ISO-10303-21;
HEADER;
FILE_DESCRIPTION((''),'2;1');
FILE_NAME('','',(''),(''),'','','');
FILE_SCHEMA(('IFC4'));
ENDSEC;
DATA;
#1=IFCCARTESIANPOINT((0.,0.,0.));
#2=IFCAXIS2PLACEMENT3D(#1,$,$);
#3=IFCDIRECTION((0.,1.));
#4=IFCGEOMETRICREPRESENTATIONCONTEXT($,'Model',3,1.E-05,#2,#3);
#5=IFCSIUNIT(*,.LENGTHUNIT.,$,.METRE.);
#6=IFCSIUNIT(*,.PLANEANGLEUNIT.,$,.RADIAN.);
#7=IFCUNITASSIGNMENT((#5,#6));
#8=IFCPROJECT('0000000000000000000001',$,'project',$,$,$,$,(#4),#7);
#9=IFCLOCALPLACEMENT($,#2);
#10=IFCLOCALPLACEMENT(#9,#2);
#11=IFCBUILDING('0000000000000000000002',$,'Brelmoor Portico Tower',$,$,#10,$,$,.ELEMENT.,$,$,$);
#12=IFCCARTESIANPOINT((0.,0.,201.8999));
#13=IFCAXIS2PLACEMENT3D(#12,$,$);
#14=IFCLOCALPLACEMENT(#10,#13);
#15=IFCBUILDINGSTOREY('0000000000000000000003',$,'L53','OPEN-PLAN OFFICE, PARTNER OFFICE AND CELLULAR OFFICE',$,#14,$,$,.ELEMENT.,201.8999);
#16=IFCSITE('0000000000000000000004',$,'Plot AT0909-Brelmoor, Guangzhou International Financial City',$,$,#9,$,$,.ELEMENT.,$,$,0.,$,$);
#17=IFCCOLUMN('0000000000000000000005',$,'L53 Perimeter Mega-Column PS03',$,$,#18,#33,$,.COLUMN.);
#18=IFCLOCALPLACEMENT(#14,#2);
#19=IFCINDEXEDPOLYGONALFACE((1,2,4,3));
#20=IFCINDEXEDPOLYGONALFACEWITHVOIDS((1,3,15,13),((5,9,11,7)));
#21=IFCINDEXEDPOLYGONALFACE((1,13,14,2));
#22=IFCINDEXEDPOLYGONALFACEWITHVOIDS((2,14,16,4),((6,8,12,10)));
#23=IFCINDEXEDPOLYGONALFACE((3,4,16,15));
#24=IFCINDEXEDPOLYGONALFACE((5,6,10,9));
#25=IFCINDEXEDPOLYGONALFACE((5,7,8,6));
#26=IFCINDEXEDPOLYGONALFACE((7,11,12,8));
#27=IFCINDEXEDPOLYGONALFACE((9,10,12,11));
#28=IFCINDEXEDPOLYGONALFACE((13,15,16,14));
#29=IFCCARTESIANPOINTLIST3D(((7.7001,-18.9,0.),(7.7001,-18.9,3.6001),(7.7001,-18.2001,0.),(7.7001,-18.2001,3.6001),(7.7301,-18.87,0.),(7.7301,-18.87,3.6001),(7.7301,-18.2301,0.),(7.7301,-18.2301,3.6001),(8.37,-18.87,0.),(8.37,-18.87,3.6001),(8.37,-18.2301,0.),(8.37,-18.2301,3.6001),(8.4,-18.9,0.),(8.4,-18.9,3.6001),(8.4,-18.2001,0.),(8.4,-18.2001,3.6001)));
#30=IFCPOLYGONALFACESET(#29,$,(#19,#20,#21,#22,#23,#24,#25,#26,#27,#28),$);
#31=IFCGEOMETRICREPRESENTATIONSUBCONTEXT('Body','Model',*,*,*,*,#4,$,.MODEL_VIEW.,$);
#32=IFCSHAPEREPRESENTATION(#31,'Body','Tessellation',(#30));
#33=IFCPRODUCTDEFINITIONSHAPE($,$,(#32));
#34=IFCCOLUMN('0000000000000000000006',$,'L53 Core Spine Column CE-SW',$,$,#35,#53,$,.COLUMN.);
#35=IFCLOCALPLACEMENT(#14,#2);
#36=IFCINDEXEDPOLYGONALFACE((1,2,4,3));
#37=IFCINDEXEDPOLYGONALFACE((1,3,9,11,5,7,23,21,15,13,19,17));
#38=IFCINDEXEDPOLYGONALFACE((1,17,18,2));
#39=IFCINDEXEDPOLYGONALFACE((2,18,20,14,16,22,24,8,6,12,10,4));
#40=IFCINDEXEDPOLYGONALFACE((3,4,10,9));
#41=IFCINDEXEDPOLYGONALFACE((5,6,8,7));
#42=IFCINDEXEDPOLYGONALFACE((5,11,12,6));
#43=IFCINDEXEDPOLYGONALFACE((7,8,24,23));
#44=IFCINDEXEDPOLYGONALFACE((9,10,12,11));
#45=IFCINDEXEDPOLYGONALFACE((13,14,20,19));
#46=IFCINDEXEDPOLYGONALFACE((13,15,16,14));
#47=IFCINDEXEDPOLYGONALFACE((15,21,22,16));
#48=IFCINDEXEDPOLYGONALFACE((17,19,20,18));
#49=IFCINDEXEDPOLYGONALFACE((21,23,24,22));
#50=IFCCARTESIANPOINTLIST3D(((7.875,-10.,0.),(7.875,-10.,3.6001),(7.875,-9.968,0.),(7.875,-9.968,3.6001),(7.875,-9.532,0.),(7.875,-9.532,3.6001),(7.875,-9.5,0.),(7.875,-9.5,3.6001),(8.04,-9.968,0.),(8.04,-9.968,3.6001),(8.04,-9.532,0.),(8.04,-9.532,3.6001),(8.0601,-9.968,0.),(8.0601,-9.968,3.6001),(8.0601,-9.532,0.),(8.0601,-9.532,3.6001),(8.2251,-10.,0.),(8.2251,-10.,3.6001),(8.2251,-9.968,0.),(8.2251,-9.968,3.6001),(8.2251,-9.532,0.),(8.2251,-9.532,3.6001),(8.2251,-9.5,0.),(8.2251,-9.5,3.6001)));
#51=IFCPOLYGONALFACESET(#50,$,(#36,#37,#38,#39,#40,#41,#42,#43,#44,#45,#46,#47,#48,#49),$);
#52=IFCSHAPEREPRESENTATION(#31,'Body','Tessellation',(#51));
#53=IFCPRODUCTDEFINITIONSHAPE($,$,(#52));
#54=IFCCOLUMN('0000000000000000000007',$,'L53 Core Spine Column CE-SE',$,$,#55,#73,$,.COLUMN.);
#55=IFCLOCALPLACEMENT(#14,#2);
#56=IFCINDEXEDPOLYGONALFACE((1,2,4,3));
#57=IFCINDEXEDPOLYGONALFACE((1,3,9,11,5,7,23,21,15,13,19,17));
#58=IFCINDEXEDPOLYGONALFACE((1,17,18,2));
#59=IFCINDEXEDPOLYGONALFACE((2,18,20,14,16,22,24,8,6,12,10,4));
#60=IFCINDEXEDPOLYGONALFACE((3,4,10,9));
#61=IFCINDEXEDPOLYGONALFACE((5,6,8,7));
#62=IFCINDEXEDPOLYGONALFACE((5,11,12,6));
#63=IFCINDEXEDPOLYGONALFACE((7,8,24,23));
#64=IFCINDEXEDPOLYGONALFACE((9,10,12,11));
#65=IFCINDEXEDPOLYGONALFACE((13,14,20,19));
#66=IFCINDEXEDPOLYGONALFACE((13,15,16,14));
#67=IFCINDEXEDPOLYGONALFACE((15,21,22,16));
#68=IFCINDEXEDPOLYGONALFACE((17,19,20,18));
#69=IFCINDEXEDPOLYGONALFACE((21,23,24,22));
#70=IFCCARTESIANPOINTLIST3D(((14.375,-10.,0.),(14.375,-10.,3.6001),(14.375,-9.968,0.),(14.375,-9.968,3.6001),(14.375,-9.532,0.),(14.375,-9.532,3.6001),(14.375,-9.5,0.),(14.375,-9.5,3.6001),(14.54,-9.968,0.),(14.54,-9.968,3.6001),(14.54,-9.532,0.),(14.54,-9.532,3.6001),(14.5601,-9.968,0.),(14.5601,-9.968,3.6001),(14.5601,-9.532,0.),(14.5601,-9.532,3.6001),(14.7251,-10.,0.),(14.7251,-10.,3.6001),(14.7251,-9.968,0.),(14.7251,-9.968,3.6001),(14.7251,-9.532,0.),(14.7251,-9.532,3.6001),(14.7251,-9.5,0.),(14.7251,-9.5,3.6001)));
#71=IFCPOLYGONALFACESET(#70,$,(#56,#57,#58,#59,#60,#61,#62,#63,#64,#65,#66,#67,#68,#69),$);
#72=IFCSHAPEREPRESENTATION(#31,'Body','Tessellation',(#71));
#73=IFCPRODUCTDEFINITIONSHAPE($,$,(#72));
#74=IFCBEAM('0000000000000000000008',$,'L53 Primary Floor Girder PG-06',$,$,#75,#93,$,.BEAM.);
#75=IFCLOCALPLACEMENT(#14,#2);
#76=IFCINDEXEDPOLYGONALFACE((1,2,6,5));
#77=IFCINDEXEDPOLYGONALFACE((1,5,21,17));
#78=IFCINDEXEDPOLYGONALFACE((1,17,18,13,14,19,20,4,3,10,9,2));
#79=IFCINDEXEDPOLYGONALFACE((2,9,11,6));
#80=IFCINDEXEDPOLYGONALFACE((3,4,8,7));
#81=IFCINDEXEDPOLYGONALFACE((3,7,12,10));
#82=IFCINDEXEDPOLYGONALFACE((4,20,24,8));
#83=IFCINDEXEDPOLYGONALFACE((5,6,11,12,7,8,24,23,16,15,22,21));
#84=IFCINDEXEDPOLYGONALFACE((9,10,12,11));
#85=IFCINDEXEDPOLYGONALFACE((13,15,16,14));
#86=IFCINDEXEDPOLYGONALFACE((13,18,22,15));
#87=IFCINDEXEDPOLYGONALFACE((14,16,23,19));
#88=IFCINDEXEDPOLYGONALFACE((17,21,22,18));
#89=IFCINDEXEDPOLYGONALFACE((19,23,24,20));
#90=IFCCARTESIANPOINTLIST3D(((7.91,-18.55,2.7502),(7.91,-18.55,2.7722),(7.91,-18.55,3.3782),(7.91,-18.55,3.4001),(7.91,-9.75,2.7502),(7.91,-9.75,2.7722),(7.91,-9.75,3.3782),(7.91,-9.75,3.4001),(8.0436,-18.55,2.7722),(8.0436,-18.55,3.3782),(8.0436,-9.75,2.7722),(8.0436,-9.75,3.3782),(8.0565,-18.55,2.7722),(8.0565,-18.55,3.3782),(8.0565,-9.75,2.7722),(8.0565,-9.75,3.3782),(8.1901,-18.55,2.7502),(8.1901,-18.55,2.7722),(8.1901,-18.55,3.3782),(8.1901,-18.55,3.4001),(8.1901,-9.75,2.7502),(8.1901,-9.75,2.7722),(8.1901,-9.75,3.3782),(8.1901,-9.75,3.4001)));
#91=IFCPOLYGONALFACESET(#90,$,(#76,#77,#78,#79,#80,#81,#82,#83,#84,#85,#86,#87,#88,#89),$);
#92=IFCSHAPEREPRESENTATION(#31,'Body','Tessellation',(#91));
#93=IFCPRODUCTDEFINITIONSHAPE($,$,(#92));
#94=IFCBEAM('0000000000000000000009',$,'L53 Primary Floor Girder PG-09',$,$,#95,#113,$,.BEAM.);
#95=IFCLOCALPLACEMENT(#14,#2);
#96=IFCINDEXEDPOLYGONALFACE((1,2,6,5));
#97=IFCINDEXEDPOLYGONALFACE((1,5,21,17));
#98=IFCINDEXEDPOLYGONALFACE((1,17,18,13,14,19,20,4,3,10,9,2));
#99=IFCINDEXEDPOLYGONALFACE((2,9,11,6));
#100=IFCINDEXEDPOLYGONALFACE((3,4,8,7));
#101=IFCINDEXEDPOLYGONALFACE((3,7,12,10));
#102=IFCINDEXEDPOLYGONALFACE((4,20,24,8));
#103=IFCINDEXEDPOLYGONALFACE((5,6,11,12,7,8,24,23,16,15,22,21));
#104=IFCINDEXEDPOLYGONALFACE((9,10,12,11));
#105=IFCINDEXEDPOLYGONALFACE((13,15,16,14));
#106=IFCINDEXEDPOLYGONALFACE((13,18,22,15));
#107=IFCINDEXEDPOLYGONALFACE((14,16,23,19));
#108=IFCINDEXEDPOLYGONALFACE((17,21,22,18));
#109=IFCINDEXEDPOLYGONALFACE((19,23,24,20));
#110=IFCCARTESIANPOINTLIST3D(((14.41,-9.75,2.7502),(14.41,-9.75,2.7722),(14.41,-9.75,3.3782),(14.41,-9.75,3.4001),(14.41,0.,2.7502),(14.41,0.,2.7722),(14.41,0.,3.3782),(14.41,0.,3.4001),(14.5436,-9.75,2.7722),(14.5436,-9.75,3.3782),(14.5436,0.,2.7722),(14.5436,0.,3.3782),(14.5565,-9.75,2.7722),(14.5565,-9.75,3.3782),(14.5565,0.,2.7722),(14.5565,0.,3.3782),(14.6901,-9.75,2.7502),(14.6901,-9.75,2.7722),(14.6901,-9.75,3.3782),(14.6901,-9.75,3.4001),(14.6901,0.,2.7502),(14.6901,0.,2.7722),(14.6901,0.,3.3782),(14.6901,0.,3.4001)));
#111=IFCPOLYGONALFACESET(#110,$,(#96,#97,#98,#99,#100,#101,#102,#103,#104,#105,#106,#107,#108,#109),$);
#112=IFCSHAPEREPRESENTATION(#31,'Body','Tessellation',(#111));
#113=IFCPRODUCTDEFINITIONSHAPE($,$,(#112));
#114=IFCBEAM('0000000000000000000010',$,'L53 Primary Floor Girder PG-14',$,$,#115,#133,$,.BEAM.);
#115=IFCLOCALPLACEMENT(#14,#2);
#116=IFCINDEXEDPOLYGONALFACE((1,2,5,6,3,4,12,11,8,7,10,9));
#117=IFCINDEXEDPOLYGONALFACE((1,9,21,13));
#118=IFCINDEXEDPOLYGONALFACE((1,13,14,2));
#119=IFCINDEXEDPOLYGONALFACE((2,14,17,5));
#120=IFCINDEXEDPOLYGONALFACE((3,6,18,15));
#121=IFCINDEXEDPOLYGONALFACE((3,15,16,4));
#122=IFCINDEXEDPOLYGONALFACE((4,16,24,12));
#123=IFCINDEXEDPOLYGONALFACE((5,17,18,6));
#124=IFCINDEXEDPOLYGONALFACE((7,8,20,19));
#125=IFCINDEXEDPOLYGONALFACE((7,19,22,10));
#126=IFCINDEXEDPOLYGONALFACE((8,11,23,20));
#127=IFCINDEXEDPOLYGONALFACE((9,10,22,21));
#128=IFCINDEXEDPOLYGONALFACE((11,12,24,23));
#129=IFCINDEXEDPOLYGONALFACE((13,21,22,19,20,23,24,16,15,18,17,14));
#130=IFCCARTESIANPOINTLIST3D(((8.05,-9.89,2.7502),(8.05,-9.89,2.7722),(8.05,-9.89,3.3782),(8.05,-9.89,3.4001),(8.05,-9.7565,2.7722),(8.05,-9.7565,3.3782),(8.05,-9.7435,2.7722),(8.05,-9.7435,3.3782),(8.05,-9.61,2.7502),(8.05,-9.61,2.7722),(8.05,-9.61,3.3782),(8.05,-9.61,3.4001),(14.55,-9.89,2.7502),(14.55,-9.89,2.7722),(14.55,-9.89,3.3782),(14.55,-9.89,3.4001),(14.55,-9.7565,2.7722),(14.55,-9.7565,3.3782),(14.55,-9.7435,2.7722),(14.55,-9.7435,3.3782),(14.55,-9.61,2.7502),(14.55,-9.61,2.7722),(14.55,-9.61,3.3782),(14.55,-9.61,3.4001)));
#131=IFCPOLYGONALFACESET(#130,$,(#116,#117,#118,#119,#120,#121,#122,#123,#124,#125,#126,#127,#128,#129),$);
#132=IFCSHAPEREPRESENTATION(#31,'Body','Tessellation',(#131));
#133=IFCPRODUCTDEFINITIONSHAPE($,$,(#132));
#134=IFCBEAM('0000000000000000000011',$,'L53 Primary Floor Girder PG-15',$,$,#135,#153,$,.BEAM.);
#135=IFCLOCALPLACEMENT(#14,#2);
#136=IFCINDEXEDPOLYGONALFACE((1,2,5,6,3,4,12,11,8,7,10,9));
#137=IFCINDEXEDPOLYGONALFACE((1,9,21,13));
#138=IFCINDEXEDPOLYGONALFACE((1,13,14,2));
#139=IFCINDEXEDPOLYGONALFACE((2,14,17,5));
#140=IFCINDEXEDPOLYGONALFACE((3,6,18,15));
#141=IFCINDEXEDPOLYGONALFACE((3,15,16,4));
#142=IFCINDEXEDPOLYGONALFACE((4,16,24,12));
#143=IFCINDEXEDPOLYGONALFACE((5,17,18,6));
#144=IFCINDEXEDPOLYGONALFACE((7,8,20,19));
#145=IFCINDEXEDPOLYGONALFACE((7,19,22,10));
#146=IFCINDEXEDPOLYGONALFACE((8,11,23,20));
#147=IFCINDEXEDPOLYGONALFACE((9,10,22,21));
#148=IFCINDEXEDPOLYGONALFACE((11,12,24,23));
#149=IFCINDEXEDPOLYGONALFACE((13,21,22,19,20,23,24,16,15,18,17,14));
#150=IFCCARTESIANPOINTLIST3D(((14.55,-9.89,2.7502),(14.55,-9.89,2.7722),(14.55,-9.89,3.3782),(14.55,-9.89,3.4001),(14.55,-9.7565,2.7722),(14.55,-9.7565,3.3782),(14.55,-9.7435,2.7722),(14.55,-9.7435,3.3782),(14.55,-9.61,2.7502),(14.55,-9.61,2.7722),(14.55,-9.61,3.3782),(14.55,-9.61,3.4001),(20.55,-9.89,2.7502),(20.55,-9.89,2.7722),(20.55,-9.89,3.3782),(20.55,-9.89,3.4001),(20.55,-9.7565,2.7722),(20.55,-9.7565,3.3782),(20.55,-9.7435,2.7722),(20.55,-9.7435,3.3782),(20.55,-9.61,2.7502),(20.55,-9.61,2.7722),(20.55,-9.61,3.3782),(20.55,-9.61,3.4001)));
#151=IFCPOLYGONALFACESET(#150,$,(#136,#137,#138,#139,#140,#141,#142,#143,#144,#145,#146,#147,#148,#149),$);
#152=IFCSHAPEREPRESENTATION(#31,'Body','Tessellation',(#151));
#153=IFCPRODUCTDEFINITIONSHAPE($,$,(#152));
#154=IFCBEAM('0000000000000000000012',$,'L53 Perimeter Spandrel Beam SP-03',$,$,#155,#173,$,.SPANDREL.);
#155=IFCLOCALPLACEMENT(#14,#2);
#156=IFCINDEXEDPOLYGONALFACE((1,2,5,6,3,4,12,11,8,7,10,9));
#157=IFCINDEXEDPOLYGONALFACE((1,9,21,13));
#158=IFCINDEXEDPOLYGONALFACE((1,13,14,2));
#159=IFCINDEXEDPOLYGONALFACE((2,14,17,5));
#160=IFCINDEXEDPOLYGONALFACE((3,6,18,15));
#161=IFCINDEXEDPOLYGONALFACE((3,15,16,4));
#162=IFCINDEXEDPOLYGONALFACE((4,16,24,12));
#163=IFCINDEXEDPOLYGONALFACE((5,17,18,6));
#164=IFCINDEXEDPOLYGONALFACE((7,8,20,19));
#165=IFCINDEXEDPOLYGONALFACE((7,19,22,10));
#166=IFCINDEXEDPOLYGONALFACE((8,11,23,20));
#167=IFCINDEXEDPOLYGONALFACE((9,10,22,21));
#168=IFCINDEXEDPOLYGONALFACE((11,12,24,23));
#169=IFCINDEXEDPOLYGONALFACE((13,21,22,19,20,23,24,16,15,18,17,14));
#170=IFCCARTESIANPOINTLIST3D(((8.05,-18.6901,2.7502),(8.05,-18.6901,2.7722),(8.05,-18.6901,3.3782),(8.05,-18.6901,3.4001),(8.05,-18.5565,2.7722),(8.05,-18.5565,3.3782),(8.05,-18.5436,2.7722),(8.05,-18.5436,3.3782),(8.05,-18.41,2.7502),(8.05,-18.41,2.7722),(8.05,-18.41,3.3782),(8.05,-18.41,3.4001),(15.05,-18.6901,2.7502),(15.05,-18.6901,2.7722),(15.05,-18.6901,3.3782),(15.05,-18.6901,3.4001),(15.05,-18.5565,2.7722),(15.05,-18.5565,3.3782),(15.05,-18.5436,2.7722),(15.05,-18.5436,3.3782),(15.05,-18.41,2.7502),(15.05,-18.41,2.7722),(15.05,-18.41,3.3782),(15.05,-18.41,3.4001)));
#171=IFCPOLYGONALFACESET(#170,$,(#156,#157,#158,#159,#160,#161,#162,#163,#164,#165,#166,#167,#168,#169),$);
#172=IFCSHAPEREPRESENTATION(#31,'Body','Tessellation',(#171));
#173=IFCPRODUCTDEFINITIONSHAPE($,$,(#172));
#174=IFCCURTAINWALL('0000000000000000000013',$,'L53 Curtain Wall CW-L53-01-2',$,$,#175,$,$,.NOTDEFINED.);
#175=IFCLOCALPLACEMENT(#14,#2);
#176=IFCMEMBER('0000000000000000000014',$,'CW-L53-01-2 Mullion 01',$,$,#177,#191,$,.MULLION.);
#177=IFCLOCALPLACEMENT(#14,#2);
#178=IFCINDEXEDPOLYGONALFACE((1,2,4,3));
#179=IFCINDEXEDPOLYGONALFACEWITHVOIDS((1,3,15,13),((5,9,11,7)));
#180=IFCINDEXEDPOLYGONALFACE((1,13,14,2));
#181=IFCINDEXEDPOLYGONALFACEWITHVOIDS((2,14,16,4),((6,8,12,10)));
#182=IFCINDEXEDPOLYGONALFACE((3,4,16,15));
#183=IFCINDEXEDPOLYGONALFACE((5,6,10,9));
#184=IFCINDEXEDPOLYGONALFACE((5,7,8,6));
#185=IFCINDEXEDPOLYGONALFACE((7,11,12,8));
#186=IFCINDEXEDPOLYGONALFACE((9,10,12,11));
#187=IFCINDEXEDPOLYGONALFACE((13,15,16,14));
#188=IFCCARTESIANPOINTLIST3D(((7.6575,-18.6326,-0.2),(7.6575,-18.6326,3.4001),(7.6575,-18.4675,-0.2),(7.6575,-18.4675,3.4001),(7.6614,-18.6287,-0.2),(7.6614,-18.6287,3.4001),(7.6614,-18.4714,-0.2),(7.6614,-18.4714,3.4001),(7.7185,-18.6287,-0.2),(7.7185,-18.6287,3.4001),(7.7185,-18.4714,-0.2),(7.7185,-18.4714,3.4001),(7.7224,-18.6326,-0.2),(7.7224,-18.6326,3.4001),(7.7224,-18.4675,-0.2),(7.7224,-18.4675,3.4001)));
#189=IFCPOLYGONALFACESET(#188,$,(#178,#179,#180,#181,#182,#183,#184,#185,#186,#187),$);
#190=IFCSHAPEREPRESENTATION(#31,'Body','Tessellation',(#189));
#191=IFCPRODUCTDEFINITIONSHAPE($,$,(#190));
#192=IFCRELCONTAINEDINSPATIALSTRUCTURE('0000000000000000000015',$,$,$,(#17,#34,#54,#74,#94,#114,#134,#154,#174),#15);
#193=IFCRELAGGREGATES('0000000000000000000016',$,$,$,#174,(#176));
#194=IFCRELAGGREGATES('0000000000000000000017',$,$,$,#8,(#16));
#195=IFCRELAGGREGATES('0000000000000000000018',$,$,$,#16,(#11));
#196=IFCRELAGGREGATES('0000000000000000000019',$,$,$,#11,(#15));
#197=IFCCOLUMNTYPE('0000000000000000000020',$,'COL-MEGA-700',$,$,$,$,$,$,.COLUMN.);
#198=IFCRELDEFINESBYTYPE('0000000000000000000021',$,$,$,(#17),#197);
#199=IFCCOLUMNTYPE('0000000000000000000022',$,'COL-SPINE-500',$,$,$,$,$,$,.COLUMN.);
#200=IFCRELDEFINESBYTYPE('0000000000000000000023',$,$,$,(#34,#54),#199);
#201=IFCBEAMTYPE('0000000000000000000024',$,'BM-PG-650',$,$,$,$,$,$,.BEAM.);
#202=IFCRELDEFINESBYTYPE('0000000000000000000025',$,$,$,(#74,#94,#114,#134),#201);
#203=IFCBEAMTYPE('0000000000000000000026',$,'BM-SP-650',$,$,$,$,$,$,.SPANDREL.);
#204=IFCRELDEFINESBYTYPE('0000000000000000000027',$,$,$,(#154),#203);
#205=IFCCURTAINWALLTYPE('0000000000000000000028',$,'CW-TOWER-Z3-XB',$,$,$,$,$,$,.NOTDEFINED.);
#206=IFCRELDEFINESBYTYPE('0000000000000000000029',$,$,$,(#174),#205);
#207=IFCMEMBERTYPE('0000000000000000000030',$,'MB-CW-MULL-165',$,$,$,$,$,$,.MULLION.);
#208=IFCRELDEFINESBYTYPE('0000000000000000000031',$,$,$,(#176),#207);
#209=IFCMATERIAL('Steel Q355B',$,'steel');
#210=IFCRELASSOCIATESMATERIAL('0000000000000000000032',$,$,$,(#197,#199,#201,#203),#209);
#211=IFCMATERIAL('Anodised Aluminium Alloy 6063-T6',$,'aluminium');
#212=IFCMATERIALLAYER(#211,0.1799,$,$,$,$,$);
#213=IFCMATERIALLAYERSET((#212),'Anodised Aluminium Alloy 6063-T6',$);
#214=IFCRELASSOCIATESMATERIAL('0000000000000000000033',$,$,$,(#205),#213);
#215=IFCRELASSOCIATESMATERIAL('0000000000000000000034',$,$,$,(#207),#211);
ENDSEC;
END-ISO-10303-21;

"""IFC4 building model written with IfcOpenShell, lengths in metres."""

from ifc_helpers import new_model, si_unit, direction, frame, origin, origin_2d, place, context, subcontext, project, spatial, hollow_rectangle, i_section, extrude, material, layer, layer_set, material_profile, profile_set, type_object, element, aggregate, save


model = new_model("IFC4")

# Units and contexts
model_context = context("Model", 3, precision=1e-05, world=origin(), true_north=direction((0.0, 1.0)))
body_context = subcontext(model_context, "Body", "Model", "MODEL_VIEW")
ifc_project = project(units=[si_unit("LENGTHUNIT", "METRE"), si_unit("PLANEANGLEUNIT", "RADIAN")], contexts=[model_context])

# Site, building, storey
site_placement = place(None, origin())
site = spatial("IfcSite", under=ifc_project, at=site_placement, Name="Plot AT0909-Brelmoor, Guangzhou International Financial City", CompositionType="ELEMENT", RefElevation=0.0)
building_placement = place(site_placement, origin())
building = spatial("IfcBuilding", under=site, at=building_placement, Name="Brelmoor Portico Tower", CompositionType="ELEMENT")
storey_placement = place(building_placement, frame((0.0, 0.0, 201.8999)))
storey = spatial("IfcBuildingStorey", under=building, at=storey_placement, Name="L53", Description="OPEN-PLAN OFFICE, PARTNER OFFICE AND CELLULAR OFFICE", CompositionType="ELEMENT", Elevation=201.8999)

# Columns
ifc_material_1 = material(Name="Steel Q355B", Category="steel")
ifc_material_profile_1 = material_profile(ifc_material_1, hollow_rectangle(XDim=0.7, YDim=0.7, WallThickness=0.03, at=origin_2d()), Name="BOX 700x700x30")
ifc_profile_set_1 = profile_set([ifc_material_profile_1], Name="Steel Q355B")
column_type_1 = type_object("IfcColumnType", Name="COL-MEGA-700", PredefinedType="COLUMN", material=ifc_profile_set_1)
column_placement = place(storey_placement, frame((8.05, -18.55, 0.0), z_axis=(0.0, 0.0, 1.0), x_axis=(1.0, 0.0, 0.0)))
element("IfcColumn", 1, at=column_placement, inside=storey, type_object=column_type_1, Name="L53 Perimeter Mega-Column PS03", PredefinedType="COLUMN", context=body_context, shape_type="SweptSolid", body=[
    extrude(hollow_rectangle(XDim=0.7, YDim=0.7, WallThickness=0.03, at=origin_2d()), origin(), (0.0, 0.0, 1.0), 3.6001),
])
ifc_material_profile_2 = material_profile(ifc_material_1, i_section(OverallWidth=0.3501, OverallDepth=0.5, WebThickness=0.02, FlangeThickness=0.032, at=origin_2d()), Name="HW 500x350x20x32")
ifc_profile_set_2 = profile_set([ifc_material_profile_2], Name="Steel Q355B")
column_type_2 = type_object("IfcColumnType", Name="COL-SPINE-500", PredefinedType="COLUMN", material=ifc_profile_set_2)
for number, where, z_axis, x_axis, name in (
    (2, (8.05, -9.75, 0.0), (0.0, 0.0, 1.0), (1.0, 0.0, 0.0), "L53 Core Spine Column CE-SW"),
    (3, (14.55, -9.75, 0.0), (0.0, 0.0, 1.0), (1.0, 0.0, 0.0), "L53 Core Spine Column CE-SE"),
):
    element("IfcColumn", number, at=place(storey_placement, frame(where, z_axis=z_axis, x_axis=x_axis)), inside=storey, type_object=column_type_2, Name=name, PredefinedType="COLUMN", context=body_context, shape_type="SweptSolid", body=[
        extrude(i_section(OverallWidth=0.3501, OverallDepth=0.5, WebThickness=0.02, FlangeThickness=0.032, at=origin_2d()), origin(), (0.0, 0.0, 1.0), 3.6001),
    ])

# Beams
ifc_material_profile_3 = material_profile(ifc_material_1, i_section(OverallWidth=0.28, OverallDepth=0.6499, WebThickness=0.0129, FlangeThickness=0.022, at=origin_2d()), Name="HN 650x280x13x22")
ifc_profile_set_3 = profile_set([ifc_material_profile_3], Name="Steel Q355B")
beam_type_1 = type_object("IfcBeamType", Name="BM-PG-650", PredefinedType="BEAM", material=ifc_profile_set_3)
beam_1_placement = place(storey_placement, frame((8.05, -18.55, 3.0752), z_axis=(0.0, 1.0, 0.0), x_axis=(-1.0, 0.0, 0.0)))
element("IfcBeam", 4, at=beam_1_placement, inside=storey, type_object=beam_type_1, Name="L53 Primary Floor Girder PG-06", PredefinedType="BEAM", context=body_context, shape_type="SweptSolid", body=[
    extrude(i_section(OverallWidth=0.28, OverallDepth=0.6499, WebThickness=0.0129, FlangeThickness=0.022, at=origin_2d()), origin(), (0.0, 0.0, 1.0), 8.8),
])
beam_2_placement = place(storey_placement, frame((14.55, -9.75, 3.0752), z_axis=(0.0, 1.0, 0.0), x_axis=(-1.0, 0.0, 0.0)))
element("IfcBeam", 5, at=beam_2_placement, inside=storey, type_object=beam_type_1, Name="L53 Primary Floor Girder PG-09", PredefinedType="BEAM", context=body_context, shape_type="SweptSolid", body=[
    extrude(i_section(OverallWidth=0.28, OverallDepth=0.6499, WebThickness=0.0129, FlangeThickness=0.022, at=origin_2d()), origin(), (0.0, 0.0, 1.0), 9.75),
])
beam_3_placement = place(storey_placement, frame((8.05, -9.75, 3.0752), z_axis=(1.0, 0.0, 0.0), x_axis=(0.0, 1.0, 0.0)))
element("IfcBeam", 6, at=beam_3_placement, inside=storey, type_object=beam_type_1, Name="L53 Primary Floor Girder PG-14", PredefinedType="BEAM", context=body_context, shape_type="SweptSolid", body=[
    extrude(i_section(OverallWidth=0.28, OverallDepth=0.6499, WebThickness=0.0129, FlangeThickness=0.022, at=origin_2d()), origin(), (0.0, 0.0, 1.0), 6.5),
])
beam_4_placement = place(storey_placement, frame((14.55, -9.75, 3.0752), z_axis=(1.0, 0.0, 0.0), x_axis=(0.0, 1.0, 0.0)))
element("IfcBeam", 7, at=beam_4_placement, inside=storey, type_object=beam_type_1, Name="L53 Primary Floor Girder PG-15", PredefinedType="BEAM", context=body_context, shape_type="SweptSolid", body=[
    extrude(i_section(OverallWidth=0.28, OverallDepth=0.6499, WebThickness=0.0129, FlangeThickness=0.022, at=origin_2d()), origin(), (0.0, 0.0, 1.0), 6.0),
])
ifc_material_profile_4 = material_profile(ifc_material_1, i_section(OverallWidth=0.28, OverallDepth=0.6499, WebThickness=0.0129, FlangeThickness=0.022, at=origin_2d()), Name="HN 650x280x13x22")
ifc_profile_set_4 = profile_set([ifc_material_profile_4], Name="Steel Q355B")
beam_type_2 = type_object("IfcBeamType", Name="BM-SP-650", PredefinedType="SPANDREL", material=ifc_profile_set_4)
beam_5_placement = place(storey_placement, frame((8.05, -18.55, 3.0752), z_axis=(1.0, 0.0, 0.0), x_axis=(0.0, 1.0, 0.0)))
element("IfcBeam", 8, at=beam_5_placement, inside=storey, type_object=beam_type_2, Name="L53 Perimeter Spandrel Beam SP-03", PredefinedType="SPANDREL", context=body_context, shape_type="SweptSolid", body=[
    extrude(i_section(OverallWidth=0.28, OverallDepth=0.6499, WebThickness=0.0129, FlangeThickness=0.022, at=origin_2d()), origin(), (0.0, 0.0, 1.0), 7.0),
])

# Curtain wall, member
ifc_material_2 = material(Name="Anodised Aluminium Alloy 6063-T6", Category="aluminium")
ifc_layer_1 = layer(ifc_material_2, 0.1799)
ifc_layer_set_1 = layer_set([ifc_layer_1], Name="Anodised Aluminium Alloy 6063-T6")
curtain_wall_type = type_object("IfcCurtainWallType", Name="CW-TOWER-Z3-XB", PredefinedType="NOTDEFINED", material=ifc_layer_set_1)
curtain_wall_1_placement = place(storey_placement, origin())
curtain_wall_1 = element("IfcCurtainWall", 9, at=curtain_wall_1_placement, inside=storey, type_object=curtain_wall_type, Name="L53 Curtain Wall CW-L53-01-2", PredefinedType="NOTDEFINED")
ifc_material_profile_5 = material_profile(ifc_material_2, hollow_rectangle(XDim=0.0649, YDim=0.165, WallThickness=0.0039, at=origin_2d()), Name="ALU MULLION 65x165")
ifc_profile_set_5 = profile_set([ifc_material_profile_5], Name="Anodised Aluminium Alloy 6063-T6")
member_type_1 = type_object("IfcMemberType", Name="MB-CW-MULL-165", PredefinedType="MULLION", material=ifc_profile_set_5)
member_1_placement = place(storey_placement, frame((7.6899, -18.55, -0.2), z_axis=(0.0, 0.0, 1.0), x_axis=(1.0, 0.0, 0.0)))
member_1 = element("IfcMember", 10, at=member_1_placement, type_object=member_type_1, Name="CW-L53-01-2 Mullion 01", PredefinedType="MULLION", context=body_context, shape_type="SweptSolid", body=[
    extrude(hollow_rectangle(XDim=0.0649, YDim=0.165, WallThickness=0.0039, at=origin_2d()), origin(), (0.0, 0.0, 1.0), 3.6001),
])
aggregate(curtain_wall_1, [member_1])

save(model, "model.ifc")
